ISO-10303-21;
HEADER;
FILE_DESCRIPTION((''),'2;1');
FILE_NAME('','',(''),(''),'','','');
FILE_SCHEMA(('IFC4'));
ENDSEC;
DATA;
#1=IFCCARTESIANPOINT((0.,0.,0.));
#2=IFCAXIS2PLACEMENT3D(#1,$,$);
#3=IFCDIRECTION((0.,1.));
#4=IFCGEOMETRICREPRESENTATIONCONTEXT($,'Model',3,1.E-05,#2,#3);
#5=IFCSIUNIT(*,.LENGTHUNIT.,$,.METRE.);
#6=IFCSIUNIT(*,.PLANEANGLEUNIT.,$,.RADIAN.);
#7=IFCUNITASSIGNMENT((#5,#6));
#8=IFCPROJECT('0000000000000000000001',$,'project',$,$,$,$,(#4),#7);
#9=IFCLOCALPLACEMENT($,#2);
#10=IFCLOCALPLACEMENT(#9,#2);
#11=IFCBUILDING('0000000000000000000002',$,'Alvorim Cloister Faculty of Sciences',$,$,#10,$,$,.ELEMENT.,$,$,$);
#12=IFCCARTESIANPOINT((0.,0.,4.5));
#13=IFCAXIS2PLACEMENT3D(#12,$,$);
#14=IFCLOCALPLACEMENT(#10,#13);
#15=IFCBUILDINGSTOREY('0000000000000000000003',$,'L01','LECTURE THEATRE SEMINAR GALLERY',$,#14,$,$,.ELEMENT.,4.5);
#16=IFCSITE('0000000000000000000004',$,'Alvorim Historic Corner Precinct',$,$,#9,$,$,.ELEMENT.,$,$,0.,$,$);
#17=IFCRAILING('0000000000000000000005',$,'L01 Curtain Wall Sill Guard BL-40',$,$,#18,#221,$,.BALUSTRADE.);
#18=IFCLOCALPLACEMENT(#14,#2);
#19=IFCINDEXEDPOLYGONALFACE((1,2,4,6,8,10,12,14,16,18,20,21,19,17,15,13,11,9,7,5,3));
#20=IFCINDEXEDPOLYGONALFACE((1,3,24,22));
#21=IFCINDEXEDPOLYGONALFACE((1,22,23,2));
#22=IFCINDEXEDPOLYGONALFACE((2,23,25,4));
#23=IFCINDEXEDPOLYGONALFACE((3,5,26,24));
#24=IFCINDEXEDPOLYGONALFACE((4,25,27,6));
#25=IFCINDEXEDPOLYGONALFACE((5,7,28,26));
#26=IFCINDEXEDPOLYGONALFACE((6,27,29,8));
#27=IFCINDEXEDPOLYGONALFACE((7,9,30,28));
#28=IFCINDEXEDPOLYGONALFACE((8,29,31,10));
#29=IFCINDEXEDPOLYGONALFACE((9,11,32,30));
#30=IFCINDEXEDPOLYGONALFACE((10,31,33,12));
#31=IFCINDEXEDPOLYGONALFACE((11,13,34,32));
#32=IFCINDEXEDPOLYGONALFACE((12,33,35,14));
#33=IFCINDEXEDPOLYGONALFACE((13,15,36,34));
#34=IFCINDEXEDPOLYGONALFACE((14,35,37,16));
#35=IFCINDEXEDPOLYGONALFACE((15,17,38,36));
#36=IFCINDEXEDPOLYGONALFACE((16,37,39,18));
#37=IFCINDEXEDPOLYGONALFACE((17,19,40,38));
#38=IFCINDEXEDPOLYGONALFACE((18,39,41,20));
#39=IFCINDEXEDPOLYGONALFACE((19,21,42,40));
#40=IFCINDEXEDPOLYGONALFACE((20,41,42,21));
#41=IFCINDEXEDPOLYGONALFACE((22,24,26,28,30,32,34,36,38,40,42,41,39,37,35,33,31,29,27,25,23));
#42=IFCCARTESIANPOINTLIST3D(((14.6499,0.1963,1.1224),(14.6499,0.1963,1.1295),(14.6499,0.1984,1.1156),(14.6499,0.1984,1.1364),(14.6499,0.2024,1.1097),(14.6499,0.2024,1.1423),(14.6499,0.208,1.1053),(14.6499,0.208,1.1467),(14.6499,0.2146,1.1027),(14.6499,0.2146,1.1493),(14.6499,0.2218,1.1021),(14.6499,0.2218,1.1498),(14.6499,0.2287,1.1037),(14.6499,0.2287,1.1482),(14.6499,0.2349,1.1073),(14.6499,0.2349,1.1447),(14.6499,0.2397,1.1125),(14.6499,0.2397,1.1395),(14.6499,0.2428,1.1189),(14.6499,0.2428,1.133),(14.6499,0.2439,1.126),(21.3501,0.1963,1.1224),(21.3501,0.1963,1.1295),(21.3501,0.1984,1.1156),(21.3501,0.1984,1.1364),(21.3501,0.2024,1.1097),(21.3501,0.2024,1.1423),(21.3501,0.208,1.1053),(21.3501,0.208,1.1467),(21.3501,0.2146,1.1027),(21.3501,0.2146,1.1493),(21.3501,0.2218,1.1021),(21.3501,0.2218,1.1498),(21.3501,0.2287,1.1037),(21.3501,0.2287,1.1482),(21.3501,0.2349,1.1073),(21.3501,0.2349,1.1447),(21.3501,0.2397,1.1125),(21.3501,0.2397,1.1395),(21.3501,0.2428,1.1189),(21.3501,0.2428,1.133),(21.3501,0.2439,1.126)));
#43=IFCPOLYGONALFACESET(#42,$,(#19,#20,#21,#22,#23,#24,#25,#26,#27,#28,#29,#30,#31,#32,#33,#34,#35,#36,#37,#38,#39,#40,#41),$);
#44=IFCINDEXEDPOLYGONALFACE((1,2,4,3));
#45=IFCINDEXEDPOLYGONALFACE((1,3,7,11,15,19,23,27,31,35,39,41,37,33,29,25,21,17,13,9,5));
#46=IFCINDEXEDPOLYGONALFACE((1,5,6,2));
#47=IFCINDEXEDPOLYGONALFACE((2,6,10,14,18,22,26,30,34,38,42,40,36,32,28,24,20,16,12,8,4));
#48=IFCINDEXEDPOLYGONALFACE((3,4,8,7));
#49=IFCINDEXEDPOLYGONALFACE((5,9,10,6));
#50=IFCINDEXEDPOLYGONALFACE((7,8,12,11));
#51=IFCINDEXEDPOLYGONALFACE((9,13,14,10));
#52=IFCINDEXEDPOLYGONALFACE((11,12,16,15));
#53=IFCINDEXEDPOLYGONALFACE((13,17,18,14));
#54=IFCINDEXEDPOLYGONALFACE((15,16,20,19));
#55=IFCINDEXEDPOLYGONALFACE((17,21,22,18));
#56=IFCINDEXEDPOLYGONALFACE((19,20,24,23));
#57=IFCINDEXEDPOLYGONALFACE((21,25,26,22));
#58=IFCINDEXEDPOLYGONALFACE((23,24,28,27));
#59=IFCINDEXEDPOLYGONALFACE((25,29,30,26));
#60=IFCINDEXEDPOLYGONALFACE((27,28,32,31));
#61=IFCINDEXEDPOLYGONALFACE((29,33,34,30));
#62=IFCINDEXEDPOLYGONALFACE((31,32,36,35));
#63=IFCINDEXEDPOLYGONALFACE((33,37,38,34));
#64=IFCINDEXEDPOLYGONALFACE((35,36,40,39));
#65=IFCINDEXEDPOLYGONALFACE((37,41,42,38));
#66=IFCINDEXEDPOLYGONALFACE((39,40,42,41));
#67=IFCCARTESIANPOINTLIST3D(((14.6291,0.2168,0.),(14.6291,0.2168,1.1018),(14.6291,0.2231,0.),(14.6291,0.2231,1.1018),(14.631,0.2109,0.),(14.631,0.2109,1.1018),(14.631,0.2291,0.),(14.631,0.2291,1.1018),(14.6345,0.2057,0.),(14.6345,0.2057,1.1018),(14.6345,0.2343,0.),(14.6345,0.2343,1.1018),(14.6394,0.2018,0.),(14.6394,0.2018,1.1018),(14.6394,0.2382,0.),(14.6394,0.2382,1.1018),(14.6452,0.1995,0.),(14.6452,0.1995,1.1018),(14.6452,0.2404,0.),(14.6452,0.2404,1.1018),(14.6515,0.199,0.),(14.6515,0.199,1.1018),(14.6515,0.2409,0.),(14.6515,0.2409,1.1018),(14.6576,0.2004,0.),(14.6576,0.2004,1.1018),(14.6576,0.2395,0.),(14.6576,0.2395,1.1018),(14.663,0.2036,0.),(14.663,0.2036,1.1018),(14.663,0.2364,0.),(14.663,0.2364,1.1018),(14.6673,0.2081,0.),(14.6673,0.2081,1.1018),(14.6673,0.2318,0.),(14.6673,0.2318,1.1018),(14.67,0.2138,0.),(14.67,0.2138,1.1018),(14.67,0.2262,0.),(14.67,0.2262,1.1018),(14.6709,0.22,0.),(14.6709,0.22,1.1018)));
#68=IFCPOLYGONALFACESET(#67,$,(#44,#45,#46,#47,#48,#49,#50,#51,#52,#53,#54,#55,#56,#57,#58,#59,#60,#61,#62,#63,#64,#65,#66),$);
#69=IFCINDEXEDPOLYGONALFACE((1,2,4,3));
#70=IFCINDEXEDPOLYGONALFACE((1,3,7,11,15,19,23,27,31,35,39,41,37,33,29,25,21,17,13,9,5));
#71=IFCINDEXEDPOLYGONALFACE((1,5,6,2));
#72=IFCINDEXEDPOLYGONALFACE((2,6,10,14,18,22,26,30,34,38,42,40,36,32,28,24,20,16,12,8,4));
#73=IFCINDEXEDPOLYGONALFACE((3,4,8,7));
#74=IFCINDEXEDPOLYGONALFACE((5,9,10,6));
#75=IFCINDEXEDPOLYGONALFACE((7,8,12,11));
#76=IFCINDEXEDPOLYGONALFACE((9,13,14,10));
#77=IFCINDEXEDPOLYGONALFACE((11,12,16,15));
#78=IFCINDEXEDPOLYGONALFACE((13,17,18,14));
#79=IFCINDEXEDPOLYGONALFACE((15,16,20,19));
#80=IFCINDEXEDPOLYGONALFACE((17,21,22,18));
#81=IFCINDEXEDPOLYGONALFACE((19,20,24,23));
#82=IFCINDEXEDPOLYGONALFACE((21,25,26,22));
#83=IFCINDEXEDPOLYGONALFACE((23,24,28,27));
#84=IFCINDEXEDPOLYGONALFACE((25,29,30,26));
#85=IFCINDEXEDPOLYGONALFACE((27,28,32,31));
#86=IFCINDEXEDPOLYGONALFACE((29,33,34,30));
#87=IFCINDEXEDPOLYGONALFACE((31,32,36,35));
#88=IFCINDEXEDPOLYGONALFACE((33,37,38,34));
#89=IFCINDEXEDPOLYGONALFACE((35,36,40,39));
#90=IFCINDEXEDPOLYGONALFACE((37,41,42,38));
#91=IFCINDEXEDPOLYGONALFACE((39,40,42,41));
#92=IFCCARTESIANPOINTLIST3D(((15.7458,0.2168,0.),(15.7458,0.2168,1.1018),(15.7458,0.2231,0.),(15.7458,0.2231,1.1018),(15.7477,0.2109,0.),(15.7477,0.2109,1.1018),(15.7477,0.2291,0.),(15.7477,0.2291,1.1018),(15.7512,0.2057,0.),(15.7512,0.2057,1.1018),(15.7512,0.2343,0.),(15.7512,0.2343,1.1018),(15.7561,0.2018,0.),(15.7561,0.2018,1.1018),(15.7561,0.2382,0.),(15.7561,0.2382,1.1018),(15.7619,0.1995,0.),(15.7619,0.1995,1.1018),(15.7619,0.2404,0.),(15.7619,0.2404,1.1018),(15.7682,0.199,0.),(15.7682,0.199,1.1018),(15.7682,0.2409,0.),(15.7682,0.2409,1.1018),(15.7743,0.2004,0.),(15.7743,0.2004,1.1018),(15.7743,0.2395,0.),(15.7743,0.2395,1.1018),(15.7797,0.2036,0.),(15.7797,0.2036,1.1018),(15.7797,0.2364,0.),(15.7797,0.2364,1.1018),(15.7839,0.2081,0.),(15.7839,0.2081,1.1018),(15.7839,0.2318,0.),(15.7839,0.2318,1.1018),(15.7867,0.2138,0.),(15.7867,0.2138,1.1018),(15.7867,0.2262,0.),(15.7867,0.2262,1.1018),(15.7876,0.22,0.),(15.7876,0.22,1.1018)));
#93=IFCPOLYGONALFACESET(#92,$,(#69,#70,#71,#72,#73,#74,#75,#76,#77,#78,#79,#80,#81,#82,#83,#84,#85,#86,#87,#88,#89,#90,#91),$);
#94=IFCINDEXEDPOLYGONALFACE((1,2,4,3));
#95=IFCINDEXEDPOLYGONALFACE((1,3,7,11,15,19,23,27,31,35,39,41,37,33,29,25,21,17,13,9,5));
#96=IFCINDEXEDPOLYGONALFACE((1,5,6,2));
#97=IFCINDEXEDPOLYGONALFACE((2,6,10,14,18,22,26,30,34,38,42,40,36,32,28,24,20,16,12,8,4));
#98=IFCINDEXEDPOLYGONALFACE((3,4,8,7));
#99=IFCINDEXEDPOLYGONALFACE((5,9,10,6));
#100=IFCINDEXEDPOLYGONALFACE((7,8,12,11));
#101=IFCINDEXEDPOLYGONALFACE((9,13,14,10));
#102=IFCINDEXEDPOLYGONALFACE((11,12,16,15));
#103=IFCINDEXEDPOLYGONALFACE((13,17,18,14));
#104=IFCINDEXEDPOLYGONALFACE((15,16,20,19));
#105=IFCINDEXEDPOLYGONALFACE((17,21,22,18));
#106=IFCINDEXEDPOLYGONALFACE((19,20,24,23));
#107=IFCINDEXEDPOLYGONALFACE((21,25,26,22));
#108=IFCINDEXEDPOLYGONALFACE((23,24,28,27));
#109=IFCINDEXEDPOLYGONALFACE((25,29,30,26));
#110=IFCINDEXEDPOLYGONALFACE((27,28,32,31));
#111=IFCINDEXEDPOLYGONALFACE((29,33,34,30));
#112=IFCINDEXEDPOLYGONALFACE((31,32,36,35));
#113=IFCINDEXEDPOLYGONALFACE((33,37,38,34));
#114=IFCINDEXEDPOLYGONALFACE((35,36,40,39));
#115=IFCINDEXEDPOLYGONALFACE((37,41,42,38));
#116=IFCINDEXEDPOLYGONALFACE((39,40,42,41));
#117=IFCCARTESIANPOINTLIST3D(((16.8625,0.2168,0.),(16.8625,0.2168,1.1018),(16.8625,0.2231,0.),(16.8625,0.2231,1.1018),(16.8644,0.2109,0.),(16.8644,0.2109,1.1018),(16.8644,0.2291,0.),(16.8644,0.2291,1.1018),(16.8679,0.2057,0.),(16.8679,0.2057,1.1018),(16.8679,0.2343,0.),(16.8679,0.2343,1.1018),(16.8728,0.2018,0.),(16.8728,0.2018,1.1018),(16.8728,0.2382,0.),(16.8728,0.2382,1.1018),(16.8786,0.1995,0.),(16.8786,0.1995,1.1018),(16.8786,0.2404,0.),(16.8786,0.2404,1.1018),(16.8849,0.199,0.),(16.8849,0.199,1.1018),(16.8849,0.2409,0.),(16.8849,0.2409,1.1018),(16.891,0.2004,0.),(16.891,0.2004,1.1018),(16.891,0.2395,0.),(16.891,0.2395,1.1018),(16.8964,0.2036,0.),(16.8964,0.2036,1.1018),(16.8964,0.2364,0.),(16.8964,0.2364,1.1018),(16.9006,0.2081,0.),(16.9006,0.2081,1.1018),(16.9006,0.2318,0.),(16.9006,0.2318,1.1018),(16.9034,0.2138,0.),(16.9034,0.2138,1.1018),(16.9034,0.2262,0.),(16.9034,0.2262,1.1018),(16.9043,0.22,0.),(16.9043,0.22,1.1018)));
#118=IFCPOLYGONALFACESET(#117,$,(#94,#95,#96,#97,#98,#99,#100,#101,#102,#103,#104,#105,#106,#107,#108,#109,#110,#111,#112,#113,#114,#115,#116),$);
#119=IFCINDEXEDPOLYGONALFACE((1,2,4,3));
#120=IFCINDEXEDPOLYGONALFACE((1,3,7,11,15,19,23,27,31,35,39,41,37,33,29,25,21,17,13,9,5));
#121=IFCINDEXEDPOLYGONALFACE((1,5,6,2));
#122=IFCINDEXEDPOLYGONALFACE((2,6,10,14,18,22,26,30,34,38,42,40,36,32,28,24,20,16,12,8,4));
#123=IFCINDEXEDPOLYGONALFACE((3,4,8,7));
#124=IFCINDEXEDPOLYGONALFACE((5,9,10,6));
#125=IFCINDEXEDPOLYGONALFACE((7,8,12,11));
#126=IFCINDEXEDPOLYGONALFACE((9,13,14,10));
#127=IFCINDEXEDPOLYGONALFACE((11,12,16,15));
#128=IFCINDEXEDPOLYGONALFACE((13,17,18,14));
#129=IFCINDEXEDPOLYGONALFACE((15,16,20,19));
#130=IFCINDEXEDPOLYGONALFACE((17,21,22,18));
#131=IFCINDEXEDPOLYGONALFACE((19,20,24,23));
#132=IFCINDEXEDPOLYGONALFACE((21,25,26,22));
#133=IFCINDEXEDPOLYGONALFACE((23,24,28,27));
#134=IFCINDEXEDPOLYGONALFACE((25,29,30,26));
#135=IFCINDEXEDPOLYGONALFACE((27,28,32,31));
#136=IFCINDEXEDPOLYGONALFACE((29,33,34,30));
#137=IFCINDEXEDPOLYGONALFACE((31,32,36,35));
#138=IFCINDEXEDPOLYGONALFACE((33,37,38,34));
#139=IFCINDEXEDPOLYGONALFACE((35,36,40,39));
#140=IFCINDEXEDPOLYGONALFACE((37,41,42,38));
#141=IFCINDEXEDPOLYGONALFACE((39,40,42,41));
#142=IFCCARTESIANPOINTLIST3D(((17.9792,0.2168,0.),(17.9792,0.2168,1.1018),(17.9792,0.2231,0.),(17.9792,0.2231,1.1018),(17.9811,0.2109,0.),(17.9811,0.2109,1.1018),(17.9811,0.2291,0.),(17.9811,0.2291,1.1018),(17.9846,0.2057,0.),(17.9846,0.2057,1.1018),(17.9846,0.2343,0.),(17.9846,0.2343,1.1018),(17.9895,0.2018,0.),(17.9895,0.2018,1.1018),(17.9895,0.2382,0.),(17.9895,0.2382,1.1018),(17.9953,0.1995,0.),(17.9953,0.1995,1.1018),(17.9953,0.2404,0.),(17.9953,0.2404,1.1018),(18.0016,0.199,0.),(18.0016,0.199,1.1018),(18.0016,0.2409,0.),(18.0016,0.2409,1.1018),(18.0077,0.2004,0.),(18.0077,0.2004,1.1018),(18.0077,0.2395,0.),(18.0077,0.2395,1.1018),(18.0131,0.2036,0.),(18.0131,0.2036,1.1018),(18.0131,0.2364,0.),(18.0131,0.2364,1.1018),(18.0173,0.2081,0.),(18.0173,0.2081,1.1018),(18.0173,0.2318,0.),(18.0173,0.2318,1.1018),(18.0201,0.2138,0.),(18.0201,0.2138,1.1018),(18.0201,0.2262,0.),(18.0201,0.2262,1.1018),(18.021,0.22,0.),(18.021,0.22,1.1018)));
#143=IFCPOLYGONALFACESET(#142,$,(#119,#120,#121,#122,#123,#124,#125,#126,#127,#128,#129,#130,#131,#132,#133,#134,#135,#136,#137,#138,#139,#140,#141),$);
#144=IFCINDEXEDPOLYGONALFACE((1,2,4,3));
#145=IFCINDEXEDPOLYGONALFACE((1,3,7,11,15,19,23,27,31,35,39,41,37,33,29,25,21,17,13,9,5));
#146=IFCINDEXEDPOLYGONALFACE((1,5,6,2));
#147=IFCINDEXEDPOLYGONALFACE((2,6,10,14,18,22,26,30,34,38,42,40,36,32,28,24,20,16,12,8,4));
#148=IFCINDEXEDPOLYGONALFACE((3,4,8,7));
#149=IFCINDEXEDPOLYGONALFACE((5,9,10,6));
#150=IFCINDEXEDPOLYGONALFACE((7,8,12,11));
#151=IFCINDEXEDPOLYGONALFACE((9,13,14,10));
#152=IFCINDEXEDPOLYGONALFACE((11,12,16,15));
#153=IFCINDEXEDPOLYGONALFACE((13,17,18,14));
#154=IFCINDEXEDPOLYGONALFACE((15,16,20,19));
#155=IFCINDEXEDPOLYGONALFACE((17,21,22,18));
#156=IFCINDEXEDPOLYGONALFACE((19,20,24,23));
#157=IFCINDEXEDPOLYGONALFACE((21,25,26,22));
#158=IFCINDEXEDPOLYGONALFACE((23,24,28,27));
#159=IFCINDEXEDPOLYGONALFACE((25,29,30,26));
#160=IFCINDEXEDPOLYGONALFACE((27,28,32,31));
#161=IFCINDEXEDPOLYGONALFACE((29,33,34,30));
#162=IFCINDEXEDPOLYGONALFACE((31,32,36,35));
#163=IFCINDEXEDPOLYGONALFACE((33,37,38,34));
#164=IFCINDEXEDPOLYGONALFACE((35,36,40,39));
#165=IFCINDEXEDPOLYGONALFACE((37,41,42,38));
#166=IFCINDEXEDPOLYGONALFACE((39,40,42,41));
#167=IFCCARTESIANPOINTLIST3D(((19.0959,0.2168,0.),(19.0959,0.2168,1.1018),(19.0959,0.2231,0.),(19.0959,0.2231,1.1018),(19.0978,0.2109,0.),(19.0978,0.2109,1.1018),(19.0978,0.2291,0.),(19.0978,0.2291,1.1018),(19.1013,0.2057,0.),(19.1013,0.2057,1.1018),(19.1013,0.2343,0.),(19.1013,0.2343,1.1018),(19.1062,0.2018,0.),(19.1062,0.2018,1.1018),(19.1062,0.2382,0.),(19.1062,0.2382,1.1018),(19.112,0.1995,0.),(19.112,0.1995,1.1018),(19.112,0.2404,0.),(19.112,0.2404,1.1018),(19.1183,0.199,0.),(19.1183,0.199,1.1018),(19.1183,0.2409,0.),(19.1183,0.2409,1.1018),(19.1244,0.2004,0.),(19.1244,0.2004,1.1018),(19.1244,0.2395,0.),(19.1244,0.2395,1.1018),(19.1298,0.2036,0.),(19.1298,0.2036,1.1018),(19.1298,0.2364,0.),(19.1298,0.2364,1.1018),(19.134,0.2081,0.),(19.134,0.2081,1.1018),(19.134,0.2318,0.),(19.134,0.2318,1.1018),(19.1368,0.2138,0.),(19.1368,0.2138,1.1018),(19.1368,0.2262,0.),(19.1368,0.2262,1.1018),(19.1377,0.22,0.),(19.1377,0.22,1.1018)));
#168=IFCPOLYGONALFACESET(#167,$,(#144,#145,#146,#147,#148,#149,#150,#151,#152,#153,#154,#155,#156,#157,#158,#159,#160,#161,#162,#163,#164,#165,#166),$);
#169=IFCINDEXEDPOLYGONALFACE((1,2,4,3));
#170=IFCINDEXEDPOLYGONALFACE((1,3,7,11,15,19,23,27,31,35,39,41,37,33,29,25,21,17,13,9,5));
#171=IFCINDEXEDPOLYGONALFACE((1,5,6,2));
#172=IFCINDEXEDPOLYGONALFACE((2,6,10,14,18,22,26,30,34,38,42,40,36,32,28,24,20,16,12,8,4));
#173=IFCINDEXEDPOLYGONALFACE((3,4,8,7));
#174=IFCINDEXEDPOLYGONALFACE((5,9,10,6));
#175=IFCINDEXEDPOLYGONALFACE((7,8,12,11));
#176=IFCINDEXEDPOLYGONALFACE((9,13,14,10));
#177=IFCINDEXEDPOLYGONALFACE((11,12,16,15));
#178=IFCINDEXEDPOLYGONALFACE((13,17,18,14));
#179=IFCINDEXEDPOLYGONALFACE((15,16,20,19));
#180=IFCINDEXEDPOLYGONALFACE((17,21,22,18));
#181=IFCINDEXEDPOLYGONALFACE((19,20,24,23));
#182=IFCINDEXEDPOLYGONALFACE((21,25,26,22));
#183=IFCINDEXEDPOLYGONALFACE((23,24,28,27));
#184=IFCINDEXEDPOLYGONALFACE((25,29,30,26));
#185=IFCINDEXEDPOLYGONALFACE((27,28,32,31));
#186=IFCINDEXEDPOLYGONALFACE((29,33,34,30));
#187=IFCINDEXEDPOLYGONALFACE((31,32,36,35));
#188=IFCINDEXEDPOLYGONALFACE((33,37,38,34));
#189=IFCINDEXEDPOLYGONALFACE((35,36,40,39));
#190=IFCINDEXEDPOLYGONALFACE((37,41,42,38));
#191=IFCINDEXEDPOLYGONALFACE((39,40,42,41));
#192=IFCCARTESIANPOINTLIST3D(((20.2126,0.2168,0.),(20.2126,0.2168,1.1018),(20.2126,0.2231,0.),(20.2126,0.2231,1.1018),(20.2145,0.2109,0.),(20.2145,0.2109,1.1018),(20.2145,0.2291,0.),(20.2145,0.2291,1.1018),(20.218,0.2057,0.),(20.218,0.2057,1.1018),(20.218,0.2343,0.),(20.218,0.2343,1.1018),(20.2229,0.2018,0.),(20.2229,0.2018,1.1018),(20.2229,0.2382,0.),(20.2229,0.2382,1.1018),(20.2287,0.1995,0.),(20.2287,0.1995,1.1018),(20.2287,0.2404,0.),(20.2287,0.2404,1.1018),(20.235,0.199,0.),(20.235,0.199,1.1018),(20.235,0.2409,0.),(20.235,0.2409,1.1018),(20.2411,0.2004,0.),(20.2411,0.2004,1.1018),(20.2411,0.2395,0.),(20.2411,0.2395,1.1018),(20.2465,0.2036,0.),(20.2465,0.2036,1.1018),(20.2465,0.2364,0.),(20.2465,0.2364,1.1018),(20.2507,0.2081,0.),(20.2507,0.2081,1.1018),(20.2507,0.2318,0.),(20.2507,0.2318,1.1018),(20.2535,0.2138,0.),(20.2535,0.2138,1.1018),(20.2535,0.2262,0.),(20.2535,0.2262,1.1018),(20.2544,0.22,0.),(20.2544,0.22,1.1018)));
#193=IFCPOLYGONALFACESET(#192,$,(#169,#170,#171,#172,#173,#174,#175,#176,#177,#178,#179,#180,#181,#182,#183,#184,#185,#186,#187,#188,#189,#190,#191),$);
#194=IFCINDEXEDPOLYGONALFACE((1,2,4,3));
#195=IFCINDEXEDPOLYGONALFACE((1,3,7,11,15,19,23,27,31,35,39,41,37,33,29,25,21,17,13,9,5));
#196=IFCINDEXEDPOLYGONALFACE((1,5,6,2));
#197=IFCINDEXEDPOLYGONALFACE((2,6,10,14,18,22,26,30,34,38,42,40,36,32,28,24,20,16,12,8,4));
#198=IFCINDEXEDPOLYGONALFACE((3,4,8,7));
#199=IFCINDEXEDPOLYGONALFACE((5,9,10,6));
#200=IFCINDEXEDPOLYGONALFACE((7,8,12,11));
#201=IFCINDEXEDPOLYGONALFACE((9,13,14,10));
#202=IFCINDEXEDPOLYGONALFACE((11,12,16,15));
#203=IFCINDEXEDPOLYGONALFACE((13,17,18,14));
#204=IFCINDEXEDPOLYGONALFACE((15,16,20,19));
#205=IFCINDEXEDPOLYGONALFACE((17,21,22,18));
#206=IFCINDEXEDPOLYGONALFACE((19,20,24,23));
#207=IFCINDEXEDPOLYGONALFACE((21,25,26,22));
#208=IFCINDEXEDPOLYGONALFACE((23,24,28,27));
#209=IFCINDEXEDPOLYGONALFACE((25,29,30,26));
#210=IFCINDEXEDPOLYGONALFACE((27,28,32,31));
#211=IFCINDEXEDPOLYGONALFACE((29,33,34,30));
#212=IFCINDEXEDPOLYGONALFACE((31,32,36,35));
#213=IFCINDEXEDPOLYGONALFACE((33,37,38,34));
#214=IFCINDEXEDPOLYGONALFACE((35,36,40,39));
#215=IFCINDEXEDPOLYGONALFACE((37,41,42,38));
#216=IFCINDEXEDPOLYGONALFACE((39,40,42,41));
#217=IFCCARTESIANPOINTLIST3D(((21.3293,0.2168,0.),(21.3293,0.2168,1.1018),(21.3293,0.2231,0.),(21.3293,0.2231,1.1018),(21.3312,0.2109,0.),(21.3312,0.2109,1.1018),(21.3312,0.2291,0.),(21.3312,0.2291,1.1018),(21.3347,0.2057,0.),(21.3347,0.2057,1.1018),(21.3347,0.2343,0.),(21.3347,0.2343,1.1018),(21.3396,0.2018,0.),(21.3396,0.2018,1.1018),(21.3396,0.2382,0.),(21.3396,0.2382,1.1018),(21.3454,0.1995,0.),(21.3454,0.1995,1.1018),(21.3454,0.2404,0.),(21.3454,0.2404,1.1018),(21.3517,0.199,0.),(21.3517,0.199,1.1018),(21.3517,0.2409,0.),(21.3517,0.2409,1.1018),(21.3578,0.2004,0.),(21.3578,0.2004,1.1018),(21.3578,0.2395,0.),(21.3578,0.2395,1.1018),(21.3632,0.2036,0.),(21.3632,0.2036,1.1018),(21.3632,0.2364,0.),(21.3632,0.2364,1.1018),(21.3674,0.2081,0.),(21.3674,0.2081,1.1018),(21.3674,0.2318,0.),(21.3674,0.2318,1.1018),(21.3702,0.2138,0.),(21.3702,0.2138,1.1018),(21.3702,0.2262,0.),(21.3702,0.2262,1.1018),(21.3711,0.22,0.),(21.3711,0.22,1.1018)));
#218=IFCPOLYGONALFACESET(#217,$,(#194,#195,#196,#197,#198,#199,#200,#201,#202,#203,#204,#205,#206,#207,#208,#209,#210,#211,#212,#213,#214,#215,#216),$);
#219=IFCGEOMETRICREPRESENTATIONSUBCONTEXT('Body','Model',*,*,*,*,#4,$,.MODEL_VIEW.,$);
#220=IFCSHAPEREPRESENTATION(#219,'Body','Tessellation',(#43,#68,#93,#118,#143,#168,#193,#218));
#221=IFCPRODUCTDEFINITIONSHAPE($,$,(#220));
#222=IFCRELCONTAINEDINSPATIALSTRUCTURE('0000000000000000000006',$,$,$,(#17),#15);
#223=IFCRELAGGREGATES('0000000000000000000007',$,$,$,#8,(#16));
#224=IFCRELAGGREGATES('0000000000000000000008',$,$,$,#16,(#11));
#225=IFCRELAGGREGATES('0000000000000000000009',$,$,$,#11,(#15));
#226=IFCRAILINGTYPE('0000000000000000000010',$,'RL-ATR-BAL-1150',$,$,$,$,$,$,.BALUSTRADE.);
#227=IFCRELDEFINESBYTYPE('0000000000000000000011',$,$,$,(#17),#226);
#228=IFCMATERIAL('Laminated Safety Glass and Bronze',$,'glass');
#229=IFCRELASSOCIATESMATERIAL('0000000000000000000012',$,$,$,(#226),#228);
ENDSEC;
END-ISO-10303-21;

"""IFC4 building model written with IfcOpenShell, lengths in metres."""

from ifc_helpers import new_model, si_unit, direction, frame, origin, origin_2d, place, context, subcontext, project, spatial, circle, extrude, material, type_object, element, save


model = new_model("IFC4")

# Units and contexts
model_context = context("Model", 3, precision=1e-05, world=origin(), true_north=direction((0.0, 1.0)))
body_context = subcontext(model_context, "Body", "Model", "MODEL_VIEW")
ifc_project = project(units=[si_unit("LENGTHUNIT", "METRE"), si_unit("PLANEANGLEUNIT", "RADIAN")], contexts=[model_context])

# Site, building, storey
site_placement = place(None, origin())
site = spatial("IfcSite", under=ifc_project, at=site_placement, Name="Alvorim Historic Corner Precinct", CompositionType="ELEMENT", RefElevation=0.0)
building_placement = place(site_placement, origin())
building = spatial("IfcBuilding", under=site, at=building_placement, Name="Alvorim Cloister Faculty of Sciences", CompositionType="ELEMENT")
storey_placement = place(building_placement, frame((0.0, 0.0, 4.5)))
storey = spatial("IfcBuildingStorey", under=building, at=storey_placement, Name="L01", Description="LECTURE THEATRE SEMINAR GALLERY", CompositionType="ELEMENT", Elevation=4.5)

# Railing
ifc_material_1 = material(Name="Laminated Safety Glass and Bronze", Category="glass")
railing_type = type_object("IfcRailingType", Name="RL-ATR-BAL-1150", PredefinedType="BALUSTRADE", material=ifc_material_1)
railing_placement = place(storey_placement, frame((14.6499, 0.22, 0.0)))
element("IfcRailing", 1, at=railing_placement, inside=storey, type_object=railing_type, Name="L01 Curtain Wall Sill Guard BL-40", PredefinedType="BALUSTRADE", context=body_context, shape_type="SweptSolid", body=[
    extrude(circle(Radius=0.0239, at=origin_2d()), frame((0.0, 0.0, 1.126), z_axis=(1.0, 0.0, 0.0), x_axis=(0.0, 1.0, 0.0)), (0.0, 0.0, 1.0), 6.7002),
    extrude(circle(Radius=0.021, at=origin_2d()), origin(), (0.0, 0.0, 1.0), 1.1018),
    extrude(circle(Radius=0.021, at=origin_2d()), frame((1.1167, 0.0, 0.0)), (0.0, 0.0, 1.0), 1.1018),
    extrude(circle(Radius=0.021, at=origin_2d()), frame((2.2334, 0.0, 0.0)), (0.0, 0.0, 1.0), 1.1018),
    extrude(circle(Radius=0.021, at=origin_2d()), frame((3.3501, 0.0, 0.0)), (0.0, 0.0, 1.0), 1.1018),
    extrude(circle(Radius=0.021, at=origin_2d()), frame((4.4668, 0.0, 0.0)), (0.0, 0.0, 1.0), 1.1018),
    extrude(circle(Radius=0.021, at=origin_2d()), frame((5.5835, 0.0, 0.0)), (0.0, 0.0, 1.0), 1.1018),
    extrude(circle(Radius=0.021, at=origin_2d()), frame((6.7002, 0.0, 0.0)), (0.0, 0.0, 1.0), 1.1018),
])

save(model, "model.ifc")
